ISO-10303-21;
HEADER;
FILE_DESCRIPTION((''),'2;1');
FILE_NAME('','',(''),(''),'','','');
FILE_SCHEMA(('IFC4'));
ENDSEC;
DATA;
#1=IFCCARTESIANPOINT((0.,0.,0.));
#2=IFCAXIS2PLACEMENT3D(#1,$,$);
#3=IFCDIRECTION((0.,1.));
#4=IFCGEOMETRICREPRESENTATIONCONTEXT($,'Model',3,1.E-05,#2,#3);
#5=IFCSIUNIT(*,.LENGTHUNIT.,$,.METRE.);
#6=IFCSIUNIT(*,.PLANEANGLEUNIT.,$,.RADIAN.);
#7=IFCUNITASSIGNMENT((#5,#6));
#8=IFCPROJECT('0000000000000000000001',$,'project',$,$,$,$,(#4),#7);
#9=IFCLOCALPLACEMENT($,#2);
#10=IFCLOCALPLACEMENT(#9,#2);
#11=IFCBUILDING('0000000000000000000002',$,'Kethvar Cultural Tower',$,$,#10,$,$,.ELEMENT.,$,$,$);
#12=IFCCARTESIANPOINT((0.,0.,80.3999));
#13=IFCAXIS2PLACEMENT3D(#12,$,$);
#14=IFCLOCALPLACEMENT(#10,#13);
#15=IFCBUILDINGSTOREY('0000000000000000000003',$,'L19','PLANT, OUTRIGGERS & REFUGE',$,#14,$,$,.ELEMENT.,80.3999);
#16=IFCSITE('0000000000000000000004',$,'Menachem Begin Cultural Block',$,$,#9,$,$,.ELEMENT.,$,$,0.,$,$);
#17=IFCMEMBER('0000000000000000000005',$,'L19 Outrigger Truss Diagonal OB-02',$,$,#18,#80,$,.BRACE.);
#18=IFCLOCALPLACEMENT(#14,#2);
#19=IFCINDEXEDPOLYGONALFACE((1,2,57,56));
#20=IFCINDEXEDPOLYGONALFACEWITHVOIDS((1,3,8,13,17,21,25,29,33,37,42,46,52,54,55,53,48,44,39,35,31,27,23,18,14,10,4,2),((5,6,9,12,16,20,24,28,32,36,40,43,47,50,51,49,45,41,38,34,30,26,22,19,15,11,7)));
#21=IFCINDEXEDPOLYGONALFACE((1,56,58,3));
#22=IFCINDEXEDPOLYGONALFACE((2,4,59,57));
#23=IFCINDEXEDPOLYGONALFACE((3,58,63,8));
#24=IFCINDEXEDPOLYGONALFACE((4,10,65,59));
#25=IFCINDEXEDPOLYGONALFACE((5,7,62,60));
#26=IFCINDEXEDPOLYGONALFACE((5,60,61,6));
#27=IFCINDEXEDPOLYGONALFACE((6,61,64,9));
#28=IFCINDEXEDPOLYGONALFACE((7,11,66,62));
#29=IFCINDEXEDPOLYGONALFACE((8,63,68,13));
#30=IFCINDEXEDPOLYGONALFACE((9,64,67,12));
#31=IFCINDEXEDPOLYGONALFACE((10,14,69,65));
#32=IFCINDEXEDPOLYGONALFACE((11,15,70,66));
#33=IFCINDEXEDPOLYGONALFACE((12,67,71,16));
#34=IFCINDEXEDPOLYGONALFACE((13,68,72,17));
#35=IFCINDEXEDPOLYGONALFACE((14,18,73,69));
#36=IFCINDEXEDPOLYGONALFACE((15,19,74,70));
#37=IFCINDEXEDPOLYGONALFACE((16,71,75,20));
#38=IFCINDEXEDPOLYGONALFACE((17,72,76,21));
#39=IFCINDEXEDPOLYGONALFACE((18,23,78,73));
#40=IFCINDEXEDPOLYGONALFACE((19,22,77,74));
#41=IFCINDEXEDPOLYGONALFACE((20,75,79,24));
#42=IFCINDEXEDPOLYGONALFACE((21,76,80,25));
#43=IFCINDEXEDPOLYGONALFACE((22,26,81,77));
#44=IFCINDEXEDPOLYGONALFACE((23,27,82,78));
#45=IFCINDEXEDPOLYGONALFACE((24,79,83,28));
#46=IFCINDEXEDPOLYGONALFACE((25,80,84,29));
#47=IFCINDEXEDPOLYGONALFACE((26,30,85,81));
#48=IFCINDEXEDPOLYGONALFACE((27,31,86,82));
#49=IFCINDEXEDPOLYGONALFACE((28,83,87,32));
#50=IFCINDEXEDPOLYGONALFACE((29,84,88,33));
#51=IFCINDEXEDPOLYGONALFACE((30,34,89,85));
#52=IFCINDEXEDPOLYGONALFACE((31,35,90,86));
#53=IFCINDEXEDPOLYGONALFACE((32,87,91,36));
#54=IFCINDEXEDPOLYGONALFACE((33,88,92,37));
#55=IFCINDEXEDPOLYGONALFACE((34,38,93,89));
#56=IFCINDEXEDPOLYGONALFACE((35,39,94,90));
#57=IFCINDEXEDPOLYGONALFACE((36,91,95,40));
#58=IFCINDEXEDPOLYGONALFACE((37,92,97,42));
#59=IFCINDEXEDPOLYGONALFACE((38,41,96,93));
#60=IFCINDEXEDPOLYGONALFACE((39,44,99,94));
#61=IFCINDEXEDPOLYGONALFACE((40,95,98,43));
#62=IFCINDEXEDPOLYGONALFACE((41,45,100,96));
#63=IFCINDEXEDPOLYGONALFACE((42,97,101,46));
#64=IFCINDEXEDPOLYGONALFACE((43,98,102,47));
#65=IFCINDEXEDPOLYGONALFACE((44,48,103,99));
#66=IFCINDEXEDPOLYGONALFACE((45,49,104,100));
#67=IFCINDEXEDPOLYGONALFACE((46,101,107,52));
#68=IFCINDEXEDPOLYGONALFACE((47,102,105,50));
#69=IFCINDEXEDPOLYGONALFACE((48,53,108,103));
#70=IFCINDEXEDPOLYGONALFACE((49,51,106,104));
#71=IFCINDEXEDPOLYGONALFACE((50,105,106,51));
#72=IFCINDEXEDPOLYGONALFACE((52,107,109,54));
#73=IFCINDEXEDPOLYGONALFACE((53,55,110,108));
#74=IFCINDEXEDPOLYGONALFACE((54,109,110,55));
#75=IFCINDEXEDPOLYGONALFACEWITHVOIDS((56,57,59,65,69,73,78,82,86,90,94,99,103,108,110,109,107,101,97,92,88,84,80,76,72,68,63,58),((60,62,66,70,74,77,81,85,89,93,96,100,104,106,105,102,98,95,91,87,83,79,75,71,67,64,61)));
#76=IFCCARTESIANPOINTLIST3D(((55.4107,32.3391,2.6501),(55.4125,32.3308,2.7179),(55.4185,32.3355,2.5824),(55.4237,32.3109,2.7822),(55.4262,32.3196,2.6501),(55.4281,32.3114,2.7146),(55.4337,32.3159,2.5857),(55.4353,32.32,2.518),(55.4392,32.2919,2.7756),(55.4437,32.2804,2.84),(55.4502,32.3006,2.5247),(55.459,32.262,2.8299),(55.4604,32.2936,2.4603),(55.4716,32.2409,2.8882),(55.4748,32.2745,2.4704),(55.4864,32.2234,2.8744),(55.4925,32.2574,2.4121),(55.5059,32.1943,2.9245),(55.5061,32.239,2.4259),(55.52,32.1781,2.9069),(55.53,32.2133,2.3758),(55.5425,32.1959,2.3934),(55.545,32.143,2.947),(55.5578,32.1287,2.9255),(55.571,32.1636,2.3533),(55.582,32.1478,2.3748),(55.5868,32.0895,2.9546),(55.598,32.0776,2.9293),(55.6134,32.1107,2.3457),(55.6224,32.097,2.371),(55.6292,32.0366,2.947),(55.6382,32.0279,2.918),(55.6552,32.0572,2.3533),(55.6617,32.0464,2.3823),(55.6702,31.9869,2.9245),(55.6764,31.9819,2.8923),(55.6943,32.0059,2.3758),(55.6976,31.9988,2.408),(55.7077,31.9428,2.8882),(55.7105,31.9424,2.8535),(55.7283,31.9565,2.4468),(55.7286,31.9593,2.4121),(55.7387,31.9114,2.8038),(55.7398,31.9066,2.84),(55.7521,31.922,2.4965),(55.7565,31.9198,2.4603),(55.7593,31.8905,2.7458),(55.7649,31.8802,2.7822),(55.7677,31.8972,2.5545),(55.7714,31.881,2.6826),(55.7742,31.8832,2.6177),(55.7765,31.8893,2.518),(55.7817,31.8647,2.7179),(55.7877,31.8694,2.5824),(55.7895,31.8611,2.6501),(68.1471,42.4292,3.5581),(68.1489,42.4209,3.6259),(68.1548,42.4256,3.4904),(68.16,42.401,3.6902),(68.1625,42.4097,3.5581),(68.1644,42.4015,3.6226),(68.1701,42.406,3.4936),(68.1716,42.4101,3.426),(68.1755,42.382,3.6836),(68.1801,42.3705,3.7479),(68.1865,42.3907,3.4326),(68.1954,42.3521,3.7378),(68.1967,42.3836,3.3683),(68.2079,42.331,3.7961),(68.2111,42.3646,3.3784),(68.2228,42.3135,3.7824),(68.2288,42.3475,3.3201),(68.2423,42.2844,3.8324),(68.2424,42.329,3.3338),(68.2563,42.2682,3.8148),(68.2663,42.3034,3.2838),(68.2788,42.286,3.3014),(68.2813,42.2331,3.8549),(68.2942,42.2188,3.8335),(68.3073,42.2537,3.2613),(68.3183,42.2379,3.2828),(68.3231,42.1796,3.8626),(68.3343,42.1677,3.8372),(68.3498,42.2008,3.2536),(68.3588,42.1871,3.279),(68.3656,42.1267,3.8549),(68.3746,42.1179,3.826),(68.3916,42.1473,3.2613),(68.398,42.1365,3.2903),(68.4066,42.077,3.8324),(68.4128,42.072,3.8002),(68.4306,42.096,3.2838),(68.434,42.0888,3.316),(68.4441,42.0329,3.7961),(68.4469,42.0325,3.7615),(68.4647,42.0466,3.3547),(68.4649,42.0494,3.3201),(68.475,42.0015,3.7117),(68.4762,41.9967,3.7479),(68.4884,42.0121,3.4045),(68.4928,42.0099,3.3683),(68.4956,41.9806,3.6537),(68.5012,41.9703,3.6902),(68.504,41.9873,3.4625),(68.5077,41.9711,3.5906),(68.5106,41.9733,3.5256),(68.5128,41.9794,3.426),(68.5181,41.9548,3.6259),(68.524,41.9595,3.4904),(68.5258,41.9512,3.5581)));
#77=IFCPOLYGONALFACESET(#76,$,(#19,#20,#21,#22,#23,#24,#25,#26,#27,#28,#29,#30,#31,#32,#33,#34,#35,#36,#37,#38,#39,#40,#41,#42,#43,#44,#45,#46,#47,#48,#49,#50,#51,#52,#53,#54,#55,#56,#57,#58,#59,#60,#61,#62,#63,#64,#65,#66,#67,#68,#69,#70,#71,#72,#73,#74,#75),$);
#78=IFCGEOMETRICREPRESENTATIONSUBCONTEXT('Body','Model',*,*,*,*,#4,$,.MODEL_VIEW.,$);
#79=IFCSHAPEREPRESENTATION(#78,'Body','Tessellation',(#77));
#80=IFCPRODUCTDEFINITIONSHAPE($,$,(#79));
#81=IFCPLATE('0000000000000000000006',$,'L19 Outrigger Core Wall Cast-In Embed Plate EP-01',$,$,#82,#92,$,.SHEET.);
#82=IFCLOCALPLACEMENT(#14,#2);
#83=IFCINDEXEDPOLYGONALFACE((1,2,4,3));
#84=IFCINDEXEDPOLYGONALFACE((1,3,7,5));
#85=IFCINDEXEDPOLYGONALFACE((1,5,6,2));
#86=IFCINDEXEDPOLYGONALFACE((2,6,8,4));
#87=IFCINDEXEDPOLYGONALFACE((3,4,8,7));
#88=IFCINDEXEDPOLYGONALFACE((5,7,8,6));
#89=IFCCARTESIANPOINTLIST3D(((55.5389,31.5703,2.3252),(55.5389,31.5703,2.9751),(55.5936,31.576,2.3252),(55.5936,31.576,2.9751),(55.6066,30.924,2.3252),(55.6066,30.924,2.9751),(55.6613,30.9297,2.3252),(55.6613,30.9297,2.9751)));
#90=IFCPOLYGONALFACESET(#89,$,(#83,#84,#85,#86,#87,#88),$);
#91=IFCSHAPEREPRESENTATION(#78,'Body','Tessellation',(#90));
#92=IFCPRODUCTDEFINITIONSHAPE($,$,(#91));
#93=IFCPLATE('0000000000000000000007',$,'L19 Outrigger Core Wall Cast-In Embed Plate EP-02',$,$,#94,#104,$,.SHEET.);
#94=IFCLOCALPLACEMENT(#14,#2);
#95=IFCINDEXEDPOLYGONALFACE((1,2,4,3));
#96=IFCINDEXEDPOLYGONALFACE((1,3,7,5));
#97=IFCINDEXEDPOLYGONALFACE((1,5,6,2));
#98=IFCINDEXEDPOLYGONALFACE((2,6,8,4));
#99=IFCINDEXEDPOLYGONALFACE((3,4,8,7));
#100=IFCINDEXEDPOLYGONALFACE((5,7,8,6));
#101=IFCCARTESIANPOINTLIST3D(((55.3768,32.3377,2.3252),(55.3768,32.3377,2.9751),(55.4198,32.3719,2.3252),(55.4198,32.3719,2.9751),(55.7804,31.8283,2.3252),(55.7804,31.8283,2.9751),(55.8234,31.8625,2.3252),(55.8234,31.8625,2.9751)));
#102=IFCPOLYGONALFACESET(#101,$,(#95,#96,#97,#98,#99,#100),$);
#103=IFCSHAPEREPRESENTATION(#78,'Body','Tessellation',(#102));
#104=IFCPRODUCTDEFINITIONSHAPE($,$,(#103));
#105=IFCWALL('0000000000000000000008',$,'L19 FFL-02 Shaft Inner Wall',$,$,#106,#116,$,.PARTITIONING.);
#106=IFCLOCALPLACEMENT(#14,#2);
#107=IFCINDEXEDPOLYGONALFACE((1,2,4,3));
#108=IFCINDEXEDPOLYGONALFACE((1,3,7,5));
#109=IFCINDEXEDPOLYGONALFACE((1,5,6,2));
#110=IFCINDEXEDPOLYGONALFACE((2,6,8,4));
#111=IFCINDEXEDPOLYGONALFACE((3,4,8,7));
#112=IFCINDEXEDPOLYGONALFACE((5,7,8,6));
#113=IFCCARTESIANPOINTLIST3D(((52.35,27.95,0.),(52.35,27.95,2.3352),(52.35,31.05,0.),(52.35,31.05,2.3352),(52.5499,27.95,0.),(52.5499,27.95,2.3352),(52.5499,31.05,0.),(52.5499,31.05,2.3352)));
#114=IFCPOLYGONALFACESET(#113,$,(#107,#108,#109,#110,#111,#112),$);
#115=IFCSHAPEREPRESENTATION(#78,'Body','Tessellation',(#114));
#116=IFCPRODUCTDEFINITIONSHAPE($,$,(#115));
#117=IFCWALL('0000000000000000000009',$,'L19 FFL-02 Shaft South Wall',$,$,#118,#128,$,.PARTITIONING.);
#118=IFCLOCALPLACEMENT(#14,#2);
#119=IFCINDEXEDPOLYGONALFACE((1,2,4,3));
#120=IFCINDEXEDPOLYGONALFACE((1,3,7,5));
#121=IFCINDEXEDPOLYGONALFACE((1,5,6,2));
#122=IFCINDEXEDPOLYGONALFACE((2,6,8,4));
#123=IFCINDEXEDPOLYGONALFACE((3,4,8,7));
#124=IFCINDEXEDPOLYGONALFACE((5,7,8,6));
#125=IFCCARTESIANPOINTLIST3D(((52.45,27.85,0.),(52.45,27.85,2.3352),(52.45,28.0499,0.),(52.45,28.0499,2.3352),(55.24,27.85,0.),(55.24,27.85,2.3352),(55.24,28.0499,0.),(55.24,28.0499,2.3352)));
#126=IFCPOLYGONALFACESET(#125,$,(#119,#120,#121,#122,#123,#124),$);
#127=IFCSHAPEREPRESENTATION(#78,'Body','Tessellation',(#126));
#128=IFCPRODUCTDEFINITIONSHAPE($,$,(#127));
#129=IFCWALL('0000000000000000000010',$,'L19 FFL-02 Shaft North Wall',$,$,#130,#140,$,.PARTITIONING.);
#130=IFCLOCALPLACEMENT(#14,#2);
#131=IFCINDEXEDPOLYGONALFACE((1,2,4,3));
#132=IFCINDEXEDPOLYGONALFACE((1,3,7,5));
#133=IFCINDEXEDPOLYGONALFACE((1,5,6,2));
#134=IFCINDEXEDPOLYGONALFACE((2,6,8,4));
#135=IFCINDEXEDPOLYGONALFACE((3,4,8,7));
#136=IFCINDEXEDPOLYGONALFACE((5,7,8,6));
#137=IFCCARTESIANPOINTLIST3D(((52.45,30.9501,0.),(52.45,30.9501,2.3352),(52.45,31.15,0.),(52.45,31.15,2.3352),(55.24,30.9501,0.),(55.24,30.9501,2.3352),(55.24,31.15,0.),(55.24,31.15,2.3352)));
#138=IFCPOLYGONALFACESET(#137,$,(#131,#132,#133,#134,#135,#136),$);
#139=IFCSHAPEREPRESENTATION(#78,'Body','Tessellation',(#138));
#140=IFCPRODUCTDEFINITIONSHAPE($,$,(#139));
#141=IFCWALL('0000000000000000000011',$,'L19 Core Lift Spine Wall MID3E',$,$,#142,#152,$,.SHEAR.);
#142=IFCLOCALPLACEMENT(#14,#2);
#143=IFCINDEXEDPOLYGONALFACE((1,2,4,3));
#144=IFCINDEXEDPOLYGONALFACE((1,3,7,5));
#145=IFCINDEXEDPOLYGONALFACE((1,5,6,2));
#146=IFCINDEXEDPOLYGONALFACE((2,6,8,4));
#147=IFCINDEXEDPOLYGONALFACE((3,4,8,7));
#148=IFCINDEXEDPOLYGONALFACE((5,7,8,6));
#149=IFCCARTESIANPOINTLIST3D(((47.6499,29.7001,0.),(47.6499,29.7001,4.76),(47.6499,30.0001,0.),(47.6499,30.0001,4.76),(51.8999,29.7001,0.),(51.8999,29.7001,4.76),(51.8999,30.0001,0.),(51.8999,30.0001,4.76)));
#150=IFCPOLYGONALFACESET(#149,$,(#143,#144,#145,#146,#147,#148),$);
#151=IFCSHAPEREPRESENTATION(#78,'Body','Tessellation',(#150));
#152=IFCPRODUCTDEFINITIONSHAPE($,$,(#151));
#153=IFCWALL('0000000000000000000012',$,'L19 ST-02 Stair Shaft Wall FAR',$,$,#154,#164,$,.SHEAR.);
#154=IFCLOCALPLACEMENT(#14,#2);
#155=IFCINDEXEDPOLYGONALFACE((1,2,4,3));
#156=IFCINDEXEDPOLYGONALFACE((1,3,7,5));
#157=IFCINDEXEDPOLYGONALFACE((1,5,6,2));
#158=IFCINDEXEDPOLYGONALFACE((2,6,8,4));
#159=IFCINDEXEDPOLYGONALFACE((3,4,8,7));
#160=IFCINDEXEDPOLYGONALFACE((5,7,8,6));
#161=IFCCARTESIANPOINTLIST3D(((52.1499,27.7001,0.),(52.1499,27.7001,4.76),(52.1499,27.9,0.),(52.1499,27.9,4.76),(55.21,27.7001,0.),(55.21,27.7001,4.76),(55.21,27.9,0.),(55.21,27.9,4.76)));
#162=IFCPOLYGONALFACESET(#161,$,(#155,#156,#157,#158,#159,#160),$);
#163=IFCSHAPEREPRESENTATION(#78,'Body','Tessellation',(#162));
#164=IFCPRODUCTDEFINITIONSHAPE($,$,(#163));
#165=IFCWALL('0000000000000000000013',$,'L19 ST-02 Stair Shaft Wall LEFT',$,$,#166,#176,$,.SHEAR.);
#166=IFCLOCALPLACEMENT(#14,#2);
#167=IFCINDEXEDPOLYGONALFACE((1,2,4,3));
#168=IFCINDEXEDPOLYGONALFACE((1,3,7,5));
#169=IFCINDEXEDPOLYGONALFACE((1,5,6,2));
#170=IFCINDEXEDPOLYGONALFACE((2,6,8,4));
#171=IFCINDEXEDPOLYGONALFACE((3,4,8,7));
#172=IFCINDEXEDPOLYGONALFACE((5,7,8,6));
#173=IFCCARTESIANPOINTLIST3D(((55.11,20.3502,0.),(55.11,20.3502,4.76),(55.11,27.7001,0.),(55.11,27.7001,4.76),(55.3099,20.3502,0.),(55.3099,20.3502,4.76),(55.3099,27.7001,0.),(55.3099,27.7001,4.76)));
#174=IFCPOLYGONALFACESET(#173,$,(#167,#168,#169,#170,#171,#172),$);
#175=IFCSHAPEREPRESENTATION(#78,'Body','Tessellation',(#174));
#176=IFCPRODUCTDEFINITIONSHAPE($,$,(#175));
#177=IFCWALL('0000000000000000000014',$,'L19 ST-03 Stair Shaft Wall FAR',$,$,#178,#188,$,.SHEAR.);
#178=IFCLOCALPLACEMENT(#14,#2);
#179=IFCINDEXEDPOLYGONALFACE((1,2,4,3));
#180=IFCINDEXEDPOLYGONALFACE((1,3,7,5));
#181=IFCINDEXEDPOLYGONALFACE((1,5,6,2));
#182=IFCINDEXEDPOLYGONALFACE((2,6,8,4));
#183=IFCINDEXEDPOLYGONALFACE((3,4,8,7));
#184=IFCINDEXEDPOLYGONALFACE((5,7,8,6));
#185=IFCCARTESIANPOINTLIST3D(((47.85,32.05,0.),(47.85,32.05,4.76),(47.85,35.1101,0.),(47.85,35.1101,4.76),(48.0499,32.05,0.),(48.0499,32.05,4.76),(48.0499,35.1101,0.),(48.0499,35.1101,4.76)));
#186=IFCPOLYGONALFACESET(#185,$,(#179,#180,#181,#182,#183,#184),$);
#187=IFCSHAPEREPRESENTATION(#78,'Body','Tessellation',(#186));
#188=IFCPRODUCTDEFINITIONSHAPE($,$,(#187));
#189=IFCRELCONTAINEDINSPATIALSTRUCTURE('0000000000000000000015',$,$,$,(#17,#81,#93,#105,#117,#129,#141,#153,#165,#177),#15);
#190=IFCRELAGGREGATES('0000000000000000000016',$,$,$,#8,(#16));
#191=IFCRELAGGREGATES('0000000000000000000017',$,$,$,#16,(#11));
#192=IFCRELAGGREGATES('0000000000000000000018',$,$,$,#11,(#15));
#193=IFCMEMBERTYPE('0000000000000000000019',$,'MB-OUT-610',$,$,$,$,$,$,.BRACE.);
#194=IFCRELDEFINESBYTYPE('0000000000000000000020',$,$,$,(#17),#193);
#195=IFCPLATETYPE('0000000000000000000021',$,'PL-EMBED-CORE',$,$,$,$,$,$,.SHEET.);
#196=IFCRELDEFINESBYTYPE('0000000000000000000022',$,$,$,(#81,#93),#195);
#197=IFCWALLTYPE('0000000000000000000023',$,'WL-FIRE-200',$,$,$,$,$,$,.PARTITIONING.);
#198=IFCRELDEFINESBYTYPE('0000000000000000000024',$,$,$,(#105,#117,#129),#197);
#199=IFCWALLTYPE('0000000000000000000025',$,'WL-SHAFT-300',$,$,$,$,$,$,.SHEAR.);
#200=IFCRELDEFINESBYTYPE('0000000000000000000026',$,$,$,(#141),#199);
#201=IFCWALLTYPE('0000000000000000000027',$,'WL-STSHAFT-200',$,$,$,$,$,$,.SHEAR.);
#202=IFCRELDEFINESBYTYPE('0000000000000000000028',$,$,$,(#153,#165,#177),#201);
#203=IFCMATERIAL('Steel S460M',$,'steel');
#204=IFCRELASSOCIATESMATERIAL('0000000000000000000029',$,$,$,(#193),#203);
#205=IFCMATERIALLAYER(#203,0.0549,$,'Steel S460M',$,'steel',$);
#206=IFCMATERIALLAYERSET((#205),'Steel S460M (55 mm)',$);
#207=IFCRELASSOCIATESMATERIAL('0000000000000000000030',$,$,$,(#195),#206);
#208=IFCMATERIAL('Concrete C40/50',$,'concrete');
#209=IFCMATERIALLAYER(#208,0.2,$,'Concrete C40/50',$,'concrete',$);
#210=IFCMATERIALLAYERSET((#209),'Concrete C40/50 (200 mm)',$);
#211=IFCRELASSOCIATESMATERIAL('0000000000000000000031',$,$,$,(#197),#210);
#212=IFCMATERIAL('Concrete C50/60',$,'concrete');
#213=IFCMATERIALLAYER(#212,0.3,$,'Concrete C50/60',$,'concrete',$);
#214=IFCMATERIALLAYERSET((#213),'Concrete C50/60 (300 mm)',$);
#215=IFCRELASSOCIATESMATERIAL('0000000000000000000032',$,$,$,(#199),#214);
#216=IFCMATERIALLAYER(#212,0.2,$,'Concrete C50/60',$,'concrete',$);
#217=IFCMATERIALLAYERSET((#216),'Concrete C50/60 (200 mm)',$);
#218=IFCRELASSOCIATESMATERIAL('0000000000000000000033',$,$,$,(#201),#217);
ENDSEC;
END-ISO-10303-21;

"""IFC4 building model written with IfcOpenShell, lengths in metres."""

from ifc_helpers import new_model, si_unit, direction, frame, frame_2d, origin, origin_2d, place, context, subcontext, project, spatial, rectangle, hollow_circle, extrude, source, transform, mapped, material, layer, layer_set, material_profile, profile_set, type_object, element, save


model = new_model("IFC4")

# Units and contexts
model_context = context("Model", 3, precision=1e-05, world=origin(), true_north=direction((0.0, 1.0)))
body_context = subcontext(model_context, "Body", "Model", "MODEL_VIEW")
ifc_project = project(units=[si_unit("LENGTHUNIT", "METRE"), si_unit("PLANEANGLEUNIT", "RADIAN")], contexts=[model_context])

# Site, building, storey
site_placement = place(None, origin())
site = spatial("IfcSite", under=ifc_project, at=site_placement, Name="Menachem Begin Cultural Block", CompositionType="ELEMENT", RefElevation=0.0)
building_placement = place(site_placement, origin())
building = spatial("IfcBuilding", under=site, at=building_placement, Name="Kethvar Cultural Tower", CompositionType="ELEMENT")
storey_placement = place(building_placement, frame((0.0, 0.0, 80.3999)))
storey = spatial("IfcBuildingStorey", under=building, at=storey_placement, Name="L19", Description="PLANT, OUTRIGGERS & REFUGE", CompositionType="ELEMENT", Elevation=80.3999)

# Shared definitions
ifc_material_1 = material(Name="Steel S460M", Category="steel")

# Shared definitions
ifc_material_profile_1 = material_profile(ifc_material_1, hollow_circle(Radius=0.3049, WallThickness=0.0249, at=origin_2d()), Name="Steel S460M — CHS610x25")
ifc_profile_set_1 = profile_set([ifc_material_profile_1], Name="Steel S460M — CHS610x25")
member_type = type_object("IfcMemberType", Name="MB-OUT-610", PredefinedType="BRACE", material=ifc_profile_set_1)

# Member
shared_shape_1 = source(origin(), body_context, "Body", "SweptSolid", [
    extrude(hollow_circle(Radius=0.3049, WallThickness=0.0249, at=origin_2d()), origin(), (0.0, 0.0, 1.0), 16.2742),
])
member_1_placement = place(storey_placement, frame((55.6001, 32.1001, 2.6501), z_axis=(0.78261, 0.620007, 0.055791), x_axis=(-0.620974, 0.783831, 0.0)))
element("IfcMember", 1, at=member_1_placement, inside=storey, type_object=member_type, Name="L19 Outrigger Truss Diagonal OB-02", PredefinedType="BRACE", context=body_context, shape_type="MappedRepresentation", body=[
    mapped(shared_shape_1, transform((0.0, 0.0, 0.0), scale=1.0)),
])

# Plates
ifc_layer_1 = layer(ifc_material_1, 0.0549, Name="Steel S460M", Category="steel")
ifc_layer_set_1 = layer_set([ifc_layer_1], Name="Steel S460M (55 mm)")
plate_type = type_object("IfcPlateType", Name="PL-EMBED-CORE", PredefinedType="SHEET", material=ifc_layer_set_1)
shared_shape_2 = source(origin(), body_context, "Body", "SweptSolid", [
    extrude(rectangle(XDim=0.0549, YDim=0.6499, at=origin_2d()), origin(), (0.0, 0.0, 1.0), 0.6499),
])
for number, where, z_axis, x_axis, name in (
    (2, (55.6001, 31.25, 2.3252), (0.0, 0.0, 1.0), (0.994558, 0.104181, 0.0), "L19 Outrigger Core Wall Cast-In Embed Plate EP-01"),
    (3, (55.6001, 32.1001, 2.3252), (0.0, 0.0, 1.0), (0.783802, 0.621011, 0.0), "L19 Outrigger Core Wall Cast-In Embed Plate EP-02"),
):
    element("IfcPlate", number, at=place(storey_placement, frame(where, z_axis=z_axis, x_axis=x_axis)), inside=storey, type_object=plate_type, Name=name, PredefinedType="SHEET", context=body_context, shape_type="MappedRepresentation", body=[
        mapped(shared_shape_2, transform((0.0, 0.0, 0.0), scale=1.0)),
    ])

# Walls
ifc_material_2 = material(Name="Concrete C40/50", Category="concrete")
ifc_layer_2 = layer(ifc_material_2, 0.2, Name="Concrete C40/50", Category="concrete")
ifc_layer_set_2 = layer_set([ifc_layer_2], Name="Concrete C40/50 (200 mm)")
wall_type_1 = type_object("IfcWallType", Name="WL-FIRE-200", PredefinedType="PARTITIONING", material=ifc_layer_set_2)
wall_1_placement = place(storey_placement, frame((52.45, 27.95, 0.0), z_axis=(0.0, 0.0, 1.0), x_axis=(0.0, 1.0, 0.0)))
element("IfcWall", 4, at=wall_1_placement, inside=storey, type_object=wall_type_1, Name="L19 FFL-02 Shaft Inner Wall", PredefinedType="PARTITIONING", context=body_context, shape_type="SweptSolid", body=[
    extrude(rectangle(XDim=3.1001, YDim=0.2, at=frame_2d((1.55, 0.0))), origin(), (0.0, 0.0, 1.0), 2.3352),
])
for number, where, z_axis, x_axis, name in (
    (5, (52.45, 27.95, 0.0), (0.0, 0.0, 1.0), (1.0, 0.0, 0.0), "L19 FFL-02 Shaft South Wall"),
    (6, (52.45, 31.05, 0.0), (0.0, 0.0, 1.0), (1.0, 0.0, 0.0), "L19 FFL-02 Shaft North Wall"),
):
    element("IfcWall", number, at=place(storey_placement, frame(where, z_axis=z_axis, x_axis=x_axis)), inside=storey, type_object=wall_type_1, Name=name, PredefinedType="PARTITIONING", context=body_context, shape_type="SweptSolid", body=[
        extrude(rectangle(XDim=2.79, YDim=0.2, at=frame_2d((1.395, 0.0))), origin(), (0.0, 0.0, 1.0), 2.3352),
    ])
ifc_material_3 = material(Name="Concrete C50/60", Category="concrete")
ifc_layer_3 = layer(ifc_material_3, 0.3, Name="Concrete C50/60", Category="concrete")
ifc_layer_set_3 = layer_set([ifc_layer_3], Name="Concrete C50/60 (300 mm)")
wall_type_2 = type_object("IfcWallType", Name="WL-SHAFT-300", PredefinedType="SHEAR", material=ifc_layer_set_3)
wall_2_placement = place(storey_placement, frame((47.6499, 29.8501, 0.0), z_axis=(0.0, 0.0, 1.0), x_axis=(1.0, 0.0, 0.0)))
element("IfcWall", 7, at=wall_2_placement, inside=storey, type_object=wall_type_2, Name="L19 Core Lift Spine Wall MID3E", PredefinedType="SHEAR", context=body_context, shape_type="SweptSolid", body=[
    extrude(rectangle(XDim=4.25, YDim=0.3, at=frame_2d((2.125, 0.0))), origin(), (0.0, 0.0, 1.0), 4.76),
])
ifc_layer_4 = layer(ifc_material_3, 0.2, Name="Concrete C50/60", Category="concrete")
ifc_layer_set_4 = layer_set([ifc_layer_4], Name="Concrete C50/60 (200 mm)")
wall_type_3 = type_object("IfcWallType", Name="WL-STSHAFT-200", PredefinedType="SHEAR", material=ifc_layer_set_4)
wall_3_placement = place(storey_placement, frame((52.1499, 27.8, 0.0), z_axis=(0.0, 0.0, 1.0), x_axis=(1.0, 0.0, 0.0)))
element("IfcWall", 8, at=wall_3_placement, inside=storey, type_object=wall_type_3, Name="L19 ST-02 Stair Shaft Wall FAR", PredefinedType="SHEAR", context=body_context, shape_type="SweptSolid", body=[
    extrude(rectangle(XDim=3.0601, YDim=0.2, at=frame_2d((1.53, 0.0))), origin(), (0.0, 0.0, 1.0), 4.76),
])
wall_4_placement = place(storey_placement, frame((55.21, 27.7, 0.0), z_axis=(0.0, 0.0, 1.0), x_axis=(0.0, -1.0, 0.0)))
element("IfcWall", 9, at=wall_4_placement, inside=storey, type_object=wall_type_3, Name="L19 ST-02 Stair Shaft Wall LEFT", PredefinedType="SHEAR", context=body_context, shape_type="SweptSolid", body=[
    extrude(rectangle(XDim=7.3499, YDim=0.2, at=frame_2d((3.6748, 0.0))), origin(), (0.0, 0.0, 1.0), 4.76),
])
wall_5_placement = place(storey_placement, frame((47.95, 32.05, 0.0), z_axis=(0.0, 0.0, 1.0), x_axis=(0.0, 1.0, 0.0)))
element("IfcWall", 10, at=wall_5_placement, inside=storey, type_object=wall_type_3, Name="L19 ST-03 Stair Shaft Wall FAR", PredefinedType="SHEAR", context=body_context, shape_type="SweptSolid", body=[
    extrude(rectangle(XDim=3.0601, YDim=0.2, at=frame_2d((1.53, 0.0))), origin(), (0.0, 0.0, 1.0), 4.76),
])

save(model, "model.ifc")
